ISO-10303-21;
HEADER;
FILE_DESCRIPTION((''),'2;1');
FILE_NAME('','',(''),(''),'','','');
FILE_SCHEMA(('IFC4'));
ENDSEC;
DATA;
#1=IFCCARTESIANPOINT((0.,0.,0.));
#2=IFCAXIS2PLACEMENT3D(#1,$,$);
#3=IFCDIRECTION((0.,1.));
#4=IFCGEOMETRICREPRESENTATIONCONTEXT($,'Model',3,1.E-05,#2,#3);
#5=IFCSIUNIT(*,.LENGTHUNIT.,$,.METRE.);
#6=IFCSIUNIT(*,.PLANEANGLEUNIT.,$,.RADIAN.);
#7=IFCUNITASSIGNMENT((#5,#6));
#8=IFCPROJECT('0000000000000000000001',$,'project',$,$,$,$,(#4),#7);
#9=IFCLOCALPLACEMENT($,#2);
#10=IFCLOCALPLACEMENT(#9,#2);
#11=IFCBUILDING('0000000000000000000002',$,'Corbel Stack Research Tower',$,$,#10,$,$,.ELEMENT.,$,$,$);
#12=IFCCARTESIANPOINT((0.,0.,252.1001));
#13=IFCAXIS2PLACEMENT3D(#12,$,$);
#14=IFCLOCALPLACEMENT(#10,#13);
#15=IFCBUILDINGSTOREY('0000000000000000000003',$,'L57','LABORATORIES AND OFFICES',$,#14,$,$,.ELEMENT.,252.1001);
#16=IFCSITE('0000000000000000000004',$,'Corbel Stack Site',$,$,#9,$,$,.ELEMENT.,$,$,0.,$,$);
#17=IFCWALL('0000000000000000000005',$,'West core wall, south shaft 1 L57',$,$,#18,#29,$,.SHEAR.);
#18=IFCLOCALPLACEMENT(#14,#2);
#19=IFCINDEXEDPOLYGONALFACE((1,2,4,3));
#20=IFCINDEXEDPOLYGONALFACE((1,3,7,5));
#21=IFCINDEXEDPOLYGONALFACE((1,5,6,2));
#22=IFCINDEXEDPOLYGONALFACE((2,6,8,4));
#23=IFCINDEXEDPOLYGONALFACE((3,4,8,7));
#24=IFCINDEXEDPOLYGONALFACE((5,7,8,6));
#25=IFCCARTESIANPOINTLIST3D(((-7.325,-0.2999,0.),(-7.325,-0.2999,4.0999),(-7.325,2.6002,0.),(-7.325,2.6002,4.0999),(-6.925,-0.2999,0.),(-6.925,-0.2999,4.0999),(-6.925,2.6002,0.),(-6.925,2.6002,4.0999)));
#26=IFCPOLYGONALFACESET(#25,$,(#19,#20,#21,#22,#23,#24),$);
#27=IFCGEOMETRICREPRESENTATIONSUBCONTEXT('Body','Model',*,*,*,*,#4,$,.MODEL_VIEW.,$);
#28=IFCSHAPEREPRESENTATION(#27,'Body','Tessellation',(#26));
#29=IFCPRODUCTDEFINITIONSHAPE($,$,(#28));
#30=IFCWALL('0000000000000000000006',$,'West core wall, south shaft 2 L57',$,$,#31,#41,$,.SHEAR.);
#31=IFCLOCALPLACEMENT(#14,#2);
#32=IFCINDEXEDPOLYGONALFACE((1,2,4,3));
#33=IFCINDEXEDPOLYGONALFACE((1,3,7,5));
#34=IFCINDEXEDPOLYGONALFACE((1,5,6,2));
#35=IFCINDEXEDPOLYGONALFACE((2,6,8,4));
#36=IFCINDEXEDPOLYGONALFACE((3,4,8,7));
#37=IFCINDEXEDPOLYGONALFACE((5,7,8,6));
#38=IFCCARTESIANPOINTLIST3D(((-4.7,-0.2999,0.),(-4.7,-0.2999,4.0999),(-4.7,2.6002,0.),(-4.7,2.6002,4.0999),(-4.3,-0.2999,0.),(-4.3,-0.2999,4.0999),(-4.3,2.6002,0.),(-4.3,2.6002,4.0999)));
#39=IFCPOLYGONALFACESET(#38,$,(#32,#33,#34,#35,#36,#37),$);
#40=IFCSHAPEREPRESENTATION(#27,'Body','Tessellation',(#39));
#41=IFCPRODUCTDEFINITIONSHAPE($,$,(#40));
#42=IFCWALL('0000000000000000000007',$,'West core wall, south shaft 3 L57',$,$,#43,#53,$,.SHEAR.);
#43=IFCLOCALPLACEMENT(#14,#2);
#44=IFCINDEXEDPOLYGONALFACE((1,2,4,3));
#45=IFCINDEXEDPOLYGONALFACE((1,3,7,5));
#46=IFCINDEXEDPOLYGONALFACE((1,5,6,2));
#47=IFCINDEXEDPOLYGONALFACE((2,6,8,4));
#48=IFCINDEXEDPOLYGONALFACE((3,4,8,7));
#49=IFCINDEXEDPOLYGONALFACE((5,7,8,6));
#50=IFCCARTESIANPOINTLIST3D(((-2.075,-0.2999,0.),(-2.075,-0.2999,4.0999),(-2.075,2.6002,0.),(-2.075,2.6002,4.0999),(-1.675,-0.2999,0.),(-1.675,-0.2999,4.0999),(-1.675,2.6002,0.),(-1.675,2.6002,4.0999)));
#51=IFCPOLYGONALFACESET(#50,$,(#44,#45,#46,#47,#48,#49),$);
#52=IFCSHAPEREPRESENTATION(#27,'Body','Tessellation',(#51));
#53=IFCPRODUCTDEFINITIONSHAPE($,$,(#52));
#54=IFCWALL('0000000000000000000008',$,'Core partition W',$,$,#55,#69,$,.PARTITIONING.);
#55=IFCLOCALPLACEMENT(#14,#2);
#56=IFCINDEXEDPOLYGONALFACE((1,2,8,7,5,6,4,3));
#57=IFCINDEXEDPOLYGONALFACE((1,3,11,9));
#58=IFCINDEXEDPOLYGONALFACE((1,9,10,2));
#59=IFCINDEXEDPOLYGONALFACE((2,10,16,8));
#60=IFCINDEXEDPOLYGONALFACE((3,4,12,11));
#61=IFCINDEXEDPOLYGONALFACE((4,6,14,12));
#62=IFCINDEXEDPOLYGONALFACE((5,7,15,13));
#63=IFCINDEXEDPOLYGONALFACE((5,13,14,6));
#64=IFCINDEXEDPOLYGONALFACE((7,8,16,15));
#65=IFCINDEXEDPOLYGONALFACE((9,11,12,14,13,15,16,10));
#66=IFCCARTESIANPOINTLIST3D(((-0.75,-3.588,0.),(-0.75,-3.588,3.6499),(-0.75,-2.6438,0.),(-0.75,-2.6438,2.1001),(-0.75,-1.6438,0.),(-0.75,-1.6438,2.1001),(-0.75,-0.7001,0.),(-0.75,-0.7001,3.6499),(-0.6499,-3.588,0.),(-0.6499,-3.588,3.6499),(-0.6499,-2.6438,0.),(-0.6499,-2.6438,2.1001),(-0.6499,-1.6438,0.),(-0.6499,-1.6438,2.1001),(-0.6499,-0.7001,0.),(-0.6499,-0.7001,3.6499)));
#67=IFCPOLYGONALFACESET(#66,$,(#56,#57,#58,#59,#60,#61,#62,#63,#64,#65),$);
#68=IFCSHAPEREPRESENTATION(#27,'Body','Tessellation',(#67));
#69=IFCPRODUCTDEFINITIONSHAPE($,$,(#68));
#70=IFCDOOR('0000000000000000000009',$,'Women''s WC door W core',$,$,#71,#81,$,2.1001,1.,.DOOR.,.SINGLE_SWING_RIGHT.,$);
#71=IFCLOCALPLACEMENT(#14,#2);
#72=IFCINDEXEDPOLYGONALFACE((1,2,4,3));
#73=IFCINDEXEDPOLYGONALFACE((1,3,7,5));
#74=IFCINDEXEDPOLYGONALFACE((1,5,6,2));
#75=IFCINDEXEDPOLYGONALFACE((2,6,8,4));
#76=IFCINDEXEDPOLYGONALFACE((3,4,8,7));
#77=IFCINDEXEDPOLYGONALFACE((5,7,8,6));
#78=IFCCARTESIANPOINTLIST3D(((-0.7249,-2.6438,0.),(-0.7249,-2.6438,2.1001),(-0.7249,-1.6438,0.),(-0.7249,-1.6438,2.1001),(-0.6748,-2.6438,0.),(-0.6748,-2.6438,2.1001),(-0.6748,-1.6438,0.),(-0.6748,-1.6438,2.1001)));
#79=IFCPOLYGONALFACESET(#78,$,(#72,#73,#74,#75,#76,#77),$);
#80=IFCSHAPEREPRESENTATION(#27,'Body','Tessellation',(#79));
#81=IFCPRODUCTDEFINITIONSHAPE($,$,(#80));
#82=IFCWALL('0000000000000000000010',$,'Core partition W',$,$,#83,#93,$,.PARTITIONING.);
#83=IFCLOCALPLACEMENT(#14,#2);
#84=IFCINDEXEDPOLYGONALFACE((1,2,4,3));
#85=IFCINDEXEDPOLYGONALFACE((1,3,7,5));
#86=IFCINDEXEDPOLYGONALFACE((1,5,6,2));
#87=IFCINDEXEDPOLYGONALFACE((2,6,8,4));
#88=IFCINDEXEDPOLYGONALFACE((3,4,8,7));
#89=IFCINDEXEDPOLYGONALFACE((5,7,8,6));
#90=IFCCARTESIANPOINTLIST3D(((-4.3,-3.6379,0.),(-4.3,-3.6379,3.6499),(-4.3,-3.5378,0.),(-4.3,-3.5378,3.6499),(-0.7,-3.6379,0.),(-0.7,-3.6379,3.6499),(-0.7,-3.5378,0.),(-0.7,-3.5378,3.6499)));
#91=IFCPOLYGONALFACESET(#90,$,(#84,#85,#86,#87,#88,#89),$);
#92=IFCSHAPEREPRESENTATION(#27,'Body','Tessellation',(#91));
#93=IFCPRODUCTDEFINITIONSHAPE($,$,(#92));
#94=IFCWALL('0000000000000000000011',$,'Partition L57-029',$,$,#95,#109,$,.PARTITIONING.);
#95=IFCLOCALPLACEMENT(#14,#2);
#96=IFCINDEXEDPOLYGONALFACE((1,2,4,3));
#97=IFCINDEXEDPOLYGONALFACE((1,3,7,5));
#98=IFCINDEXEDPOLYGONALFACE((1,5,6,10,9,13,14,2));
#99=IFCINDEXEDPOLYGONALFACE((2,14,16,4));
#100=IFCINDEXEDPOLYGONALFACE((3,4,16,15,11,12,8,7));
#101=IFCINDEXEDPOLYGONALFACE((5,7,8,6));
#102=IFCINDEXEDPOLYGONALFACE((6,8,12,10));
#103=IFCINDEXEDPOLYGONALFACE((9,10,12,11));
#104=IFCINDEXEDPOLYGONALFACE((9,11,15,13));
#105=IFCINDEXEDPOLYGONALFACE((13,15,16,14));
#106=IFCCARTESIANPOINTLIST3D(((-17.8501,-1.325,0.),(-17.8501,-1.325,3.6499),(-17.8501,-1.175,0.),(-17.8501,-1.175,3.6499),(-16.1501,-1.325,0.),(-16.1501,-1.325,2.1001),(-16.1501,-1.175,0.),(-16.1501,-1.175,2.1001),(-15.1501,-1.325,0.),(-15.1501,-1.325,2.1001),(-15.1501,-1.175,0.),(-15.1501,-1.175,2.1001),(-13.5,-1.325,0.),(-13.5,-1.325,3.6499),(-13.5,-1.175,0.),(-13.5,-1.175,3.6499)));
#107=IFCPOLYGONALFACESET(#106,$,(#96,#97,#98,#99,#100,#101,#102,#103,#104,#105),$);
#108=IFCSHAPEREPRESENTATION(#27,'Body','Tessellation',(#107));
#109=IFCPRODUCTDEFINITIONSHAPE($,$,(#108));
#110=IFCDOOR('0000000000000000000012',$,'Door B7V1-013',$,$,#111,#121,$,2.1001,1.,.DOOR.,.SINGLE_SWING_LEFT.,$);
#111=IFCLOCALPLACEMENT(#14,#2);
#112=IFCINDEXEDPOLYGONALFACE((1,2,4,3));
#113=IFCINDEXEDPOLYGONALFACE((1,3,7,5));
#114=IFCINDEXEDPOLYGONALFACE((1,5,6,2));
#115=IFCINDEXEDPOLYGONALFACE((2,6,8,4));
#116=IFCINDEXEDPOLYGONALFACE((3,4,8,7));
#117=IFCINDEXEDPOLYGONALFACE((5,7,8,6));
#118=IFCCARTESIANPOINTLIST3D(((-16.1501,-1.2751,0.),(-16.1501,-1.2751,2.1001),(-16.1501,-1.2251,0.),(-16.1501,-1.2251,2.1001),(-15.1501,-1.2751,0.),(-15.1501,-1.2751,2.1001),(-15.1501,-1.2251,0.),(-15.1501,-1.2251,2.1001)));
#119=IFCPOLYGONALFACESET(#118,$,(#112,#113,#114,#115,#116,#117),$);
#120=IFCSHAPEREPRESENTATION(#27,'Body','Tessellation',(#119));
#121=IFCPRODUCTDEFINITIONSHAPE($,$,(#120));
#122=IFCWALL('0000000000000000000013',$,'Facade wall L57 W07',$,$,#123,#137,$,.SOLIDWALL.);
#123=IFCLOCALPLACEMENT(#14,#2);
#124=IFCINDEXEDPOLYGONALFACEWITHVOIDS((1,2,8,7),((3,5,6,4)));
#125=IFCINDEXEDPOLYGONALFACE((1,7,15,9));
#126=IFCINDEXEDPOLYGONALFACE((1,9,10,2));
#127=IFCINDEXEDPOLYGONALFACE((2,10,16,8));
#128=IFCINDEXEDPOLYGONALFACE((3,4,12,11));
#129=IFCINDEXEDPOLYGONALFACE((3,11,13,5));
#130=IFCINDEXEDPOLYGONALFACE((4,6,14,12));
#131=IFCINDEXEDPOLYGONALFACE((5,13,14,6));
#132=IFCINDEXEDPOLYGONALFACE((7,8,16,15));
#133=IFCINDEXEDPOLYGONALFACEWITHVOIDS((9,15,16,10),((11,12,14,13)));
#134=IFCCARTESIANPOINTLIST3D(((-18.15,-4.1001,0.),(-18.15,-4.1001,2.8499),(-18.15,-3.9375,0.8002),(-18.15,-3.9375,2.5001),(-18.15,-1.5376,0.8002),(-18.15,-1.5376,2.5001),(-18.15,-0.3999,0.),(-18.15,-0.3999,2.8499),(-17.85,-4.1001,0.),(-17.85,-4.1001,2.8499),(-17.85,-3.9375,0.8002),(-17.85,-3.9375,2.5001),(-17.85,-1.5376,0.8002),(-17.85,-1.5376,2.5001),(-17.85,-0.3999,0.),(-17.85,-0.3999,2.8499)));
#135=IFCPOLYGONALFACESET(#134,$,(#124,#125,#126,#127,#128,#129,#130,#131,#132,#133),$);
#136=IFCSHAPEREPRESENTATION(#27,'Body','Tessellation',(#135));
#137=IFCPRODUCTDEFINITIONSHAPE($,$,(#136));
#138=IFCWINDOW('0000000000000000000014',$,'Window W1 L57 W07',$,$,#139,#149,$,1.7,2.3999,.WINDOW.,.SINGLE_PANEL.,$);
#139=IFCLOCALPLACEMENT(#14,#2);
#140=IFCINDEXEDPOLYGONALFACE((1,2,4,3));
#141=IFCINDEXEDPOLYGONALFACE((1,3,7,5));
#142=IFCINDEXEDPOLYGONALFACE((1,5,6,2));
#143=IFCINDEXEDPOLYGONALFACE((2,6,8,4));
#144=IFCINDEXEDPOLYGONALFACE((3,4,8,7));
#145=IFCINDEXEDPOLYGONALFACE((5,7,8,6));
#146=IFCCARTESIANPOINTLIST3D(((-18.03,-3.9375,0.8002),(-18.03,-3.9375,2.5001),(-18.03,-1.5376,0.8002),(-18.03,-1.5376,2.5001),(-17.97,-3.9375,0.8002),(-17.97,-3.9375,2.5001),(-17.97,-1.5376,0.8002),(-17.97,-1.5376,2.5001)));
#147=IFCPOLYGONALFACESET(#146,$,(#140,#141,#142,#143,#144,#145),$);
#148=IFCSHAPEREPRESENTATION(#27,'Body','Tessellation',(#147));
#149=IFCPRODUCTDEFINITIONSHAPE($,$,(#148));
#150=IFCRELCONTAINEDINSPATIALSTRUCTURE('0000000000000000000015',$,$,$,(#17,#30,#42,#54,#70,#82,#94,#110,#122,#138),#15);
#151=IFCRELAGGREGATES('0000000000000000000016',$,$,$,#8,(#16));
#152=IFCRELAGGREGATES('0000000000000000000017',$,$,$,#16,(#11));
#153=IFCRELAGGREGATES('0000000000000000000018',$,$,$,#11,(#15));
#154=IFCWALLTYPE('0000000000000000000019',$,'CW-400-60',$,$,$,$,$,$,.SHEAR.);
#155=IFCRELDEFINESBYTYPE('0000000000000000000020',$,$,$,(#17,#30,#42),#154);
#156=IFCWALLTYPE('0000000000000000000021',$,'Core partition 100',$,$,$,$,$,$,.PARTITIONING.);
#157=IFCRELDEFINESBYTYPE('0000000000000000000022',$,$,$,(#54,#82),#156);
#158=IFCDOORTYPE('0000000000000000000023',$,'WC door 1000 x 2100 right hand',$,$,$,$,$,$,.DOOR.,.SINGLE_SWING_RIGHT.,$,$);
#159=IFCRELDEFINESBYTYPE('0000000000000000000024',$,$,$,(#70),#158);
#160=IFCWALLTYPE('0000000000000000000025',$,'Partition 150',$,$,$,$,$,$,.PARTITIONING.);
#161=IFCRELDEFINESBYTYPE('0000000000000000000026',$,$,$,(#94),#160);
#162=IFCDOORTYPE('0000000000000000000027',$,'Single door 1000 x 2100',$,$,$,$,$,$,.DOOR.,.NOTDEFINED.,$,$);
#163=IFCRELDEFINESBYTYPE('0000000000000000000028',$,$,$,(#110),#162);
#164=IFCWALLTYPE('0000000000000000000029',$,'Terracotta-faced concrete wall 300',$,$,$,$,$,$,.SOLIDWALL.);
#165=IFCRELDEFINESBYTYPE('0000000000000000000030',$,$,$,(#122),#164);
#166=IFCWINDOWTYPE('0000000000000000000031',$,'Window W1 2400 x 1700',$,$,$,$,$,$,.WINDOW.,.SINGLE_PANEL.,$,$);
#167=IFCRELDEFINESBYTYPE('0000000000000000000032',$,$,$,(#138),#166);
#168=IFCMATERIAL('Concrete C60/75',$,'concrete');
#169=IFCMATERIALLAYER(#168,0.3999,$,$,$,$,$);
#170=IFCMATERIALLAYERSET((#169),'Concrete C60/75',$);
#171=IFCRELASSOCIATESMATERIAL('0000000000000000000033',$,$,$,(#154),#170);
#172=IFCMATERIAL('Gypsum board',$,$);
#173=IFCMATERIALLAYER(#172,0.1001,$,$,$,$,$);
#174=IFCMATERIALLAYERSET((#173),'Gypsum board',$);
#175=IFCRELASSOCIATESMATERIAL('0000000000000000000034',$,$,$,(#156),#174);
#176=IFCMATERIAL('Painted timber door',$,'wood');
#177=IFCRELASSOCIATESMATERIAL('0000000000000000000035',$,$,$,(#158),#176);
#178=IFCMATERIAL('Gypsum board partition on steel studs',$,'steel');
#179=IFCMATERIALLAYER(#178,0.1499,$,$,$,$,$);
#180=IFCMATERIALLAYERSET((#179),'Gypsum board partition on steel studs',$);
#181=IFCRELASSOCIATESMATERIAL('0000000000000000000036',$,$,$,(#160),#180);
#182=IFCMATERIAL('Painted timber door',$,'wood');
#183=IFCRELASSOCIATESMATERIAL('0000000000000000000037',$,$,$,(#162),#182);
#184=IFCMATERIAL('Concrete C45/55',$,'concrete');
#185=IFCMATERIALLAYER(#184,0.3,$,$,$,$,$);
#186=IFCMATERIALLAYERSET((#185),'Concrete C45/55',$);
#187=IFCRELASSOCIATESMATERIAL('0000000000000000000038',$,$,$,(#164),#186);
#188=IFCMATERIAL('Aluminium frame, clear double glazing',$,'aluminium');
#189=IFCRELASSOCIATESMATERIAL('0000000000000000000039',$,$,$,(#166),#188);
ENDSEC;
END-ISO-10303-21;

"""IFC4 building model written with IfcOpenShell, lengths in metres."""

from ifc_helpers import new_model, si_unit, direction, frame, frame_2d, origin, place, context, subcontext, project, spatial, rectangle, extrude, material, layer, layer_set, type_object, element, fill, save


model = new_model("IFC4")

# Units and contexts
model_context = context("Model", 3, precision=1e-05, world=origin(), true_north=direction((0.0, 1.0)))
body_context = subcontext(model_context, "Body", "Model", "MODEL_VIEW")
ifc_project = project(units=[si_unit("LENGTHUNIT", "METRE"), si_unit("PLANEANGLEUNIT", "RADIAN")], contexts=[model_context])

# Site, building, storey
site_placement = place(None, origin())
site = spatial("IfcSite", under=ifc_project, at=site_placement, Name="Corbel Stack Site", CompositionType="ELEMENT", RefElevation=0.0)
building_placement = place(site_placement, origin())
building = spatial("IfcBuilding", under=site, at=building_placement, Name="Corbel Stack Research Tower", CompositionType="ELEMENT")
storey_placement = place(building_placement, frame((0.0, 0.0, 252.1001)))
storey = spatial("IfcBuildingStorey", under=building, at=storey_placement, Name="L57", Description="LABORATORIES AND OFFICES", CompositionType="ELEMENT", Elevation=252.1001)

# Walls
ifc_material_1 = material(Name="Concrete C60/75", Category="concrete")
ifc_layer_1 = layer(ifc_material_1, 0.3999)
ifc_layer_set_1 = layer_set([ifc_layer_1], Name="Concrete C60/75")
wall_type_1 = type_object("IfcWallType", Name="CW-400-60", PredefinedType="SHEAR", material=ifc_layer_set_1)
for number, where, z_axis, x_axis, name in (
    (1, (-7.125, -0.3, 0.0), (0.0, 0.0, 1.0), (0.0, 1.0, 0.0), "West core wall, south shaft 1 L57"),
    (2, (-4.5, -0.3, 0.0), (0.0, 0.0, 1.0), (0.0, 1.0, 0.0), "West core wall, south shaft 2 L57"),
    (3, (-1.875, -0.3, 0.0), (0.0, 0.0, 1.0), (0.0, 1.0, 0.0), "West core wall, south shaft 3 L57"),
):
    element("IfcWall", number, at=place(storey_placement, frame(where, z_axis=z_axis, x_axis=x_axis)), inside=storey, type_object=wall_type_1, Name=name, PredefinedType="SHEAR", context=body_context, shape_type="SweptSolid", body=[
        extrude(rectangle(XDim=2.9001, YDim=0.3999, at=frame_2d((1.4502, 0.0))), origin(), (0.0, 0.0, 1.0), 4.0999),
    ])

# Wall, opening, door
ifc_material_2 = material(Name="Gypsum board")
ifc_layer_2 = layer(ifc_material_2, 0.1001)
ifc_layer_set_2 = layer_set([ifc_layer_2], Name="Gypsum board")
wall_type_2 = type_object("IfcWallType", Name="Core partition 100", PredefinedType="PARTITIONING", material=ifc_layer_set_2)
wall_1_placement = place(storey_placement, frame((-0.7, -3.5879, 0.0), z_axis=(0.0, 0.0, 1.0), x_axis=(0.0, 1.0, 0.0)))
wall_1 = element("IfcWall", 4, at=wall_1_placement, inside=storey, type_object=wall_type_2, Name="Core partition W", PredefinedType="PARTITIONING", context=body_context, shape_type="SweptSolid", body=[
    extrude(rectangle(XDim=2.8879, YDim=0.1001, at=frame_2d((1.4438, 0.0))), origin(), (0.0, 0.0, 1.0), 3.6499),
])
opening_1_placement = place(wall_1_placement, frame((0.9441, 0.0, 0.0)))
opening_1 = element("IfcOpeningElement", 5, at=opening_1_placement, cuts=wall_1, PredefinedType="OPENING", context=body_context, shape_type="SweptSolid", body=[
    extrude(rectangle(XDim=1.0, YDim=2.1001, at=frame_2d((0.5, 1.05))), frame((0.0, 0.0601, 0.0), z_axis=(0.0, -1.0, 0.0), x_axis=(1.0, 0.0, 0.0)), (0.0, 0.0, 1.0), 0.1201),
])
ifc_material_3 = material(Name="Painted timber door", Category="wood")
door_type_1 = type_object("IfcDoorType", Name="WC door 1000 x 2100 right hand", OperationType="SINGLE_SWING_RIGHT", PredefinedType="DOOR", material=ifc_material_3)
door_1_placement = place(opening_1_placement, origin())
door_1 = element("IfcDoor", 6, at=door_1_placement, inside=storey, type_object=door_type_1, Name="Women's WC door W core", OperationType="SINGLE_SWING_RIGHT", OverallHeight=2.1001, OverallWidth=1.0, PredefinedType="DOOR", context=body_context, shape_type="SweptSolid", body=[
    extrude(rectangle(XDim=1.0, YDim=2.1001, at=frame_2d((0.5, 1.05))), frame((0.0, 0.0249, 0.0), z_axis=(0.0, -1.0, 0.0), x_axis=(1.0, 0.0, 0.0)), (0.0, 0.0, 1.0), 0.05),
])
fill(opening_1, door_1)

# Wall
wall_2_placement = place(storey_placement, frame((-4.3, -3.5879, 0.0), z_axis=(0.0, 0.0, 1.0), x_axis=(1.0, 0.0, 0.0)))
element("IfcWall", 7, at=wall_2_placement, inside=storey, type_object=wall_type_2, Name="Core partition W", PredefinedType="PARTITIONING", context=body_context, shape_type="SweptSolid", body=[
    extrude(rectangle(XDim=3.6001, YDim=0.1001, at=frame_2d((1.8, 0.0))), origin(), (0.0, 0.0, 1.0), 3.6499),
])

# Wall, opening, door
ifc_material_4 = material(Name="Gypsum board partition on steel studs", Category="steel")
ifc_layer_3 = layer(ifc_material_4, 0.1499)
ifc_layer_set_3 = layer_set([ifc_layer_3], Name="Gypsum board partition on steel studs")
wall_type_3 = type_object("IfcWallType", Name="Partition 150", PredefinedType="PARTITIONING", material=ifc_layer_set_3)
wall_3_placement = place(storey_placement, frame((-17.8501, -1.25, 0.0), z_axis=(0.0, 0.0, 1.0), x_axis=(1.0, 0.0, 0.0)))
wall_3 = element("IfcWall", 8, at=wall_3_placement, inside=storey, type_object=wall_type_3, Name="Partition L57-029", PredefinedType="PARTITIONING", context=body_context, shape_type="SweptSolid", body=[
    extrude(rectangle(XDim=4.3501, YDim=0.1499, at=frame_2d((2.175, 0.0))), origin(), (0.0, 0.0, 1.0), 3.6499),
])
opening_2_placement = place(wall_3_placement, frame((1.7, 0.0, 0.0)))
opening_2 = element("IfcOpeningElement", 9, at=opening_2_placement, cuts=wall_3, PredefinedType="OPENING", context=body_context, shape_type="SweptSolid", body=[
    extrude(rectangle(XDim=1.0, YDim=2.1001, at=frame_2d((0.5, 1.05))), frame((0.0, 0.085, 0.0), z_axis=(0.0, -1.0, 0.0), x_axis=(1.0, 0.0, 0.0)), (0.0, 0.0, 1.0), 0.1699),
])
ifc_material_5 = material(Name="Painted timber door", Category="wood")
door_type_2 = type_object("IfcDoorType", Name="Single door 1000 x 2100", OperationType="NOTDEFINED", PredefinedType="DOOR", material=ifc_material_5)
door_2_placement = place(opening_2_placement, origin())
door_2 = element("IfcDoor", 10, at=door_2_placement, inside=storey, type_object=door_type_2, Name="Door B7V1-013", OperationType="SINGLE_SWING_LEFT", OverallHeight=2.1001, OverallWidth=1.0, PredefinedType="DOOR", context=body_context, shape_type="SweptSolid", body=[
    extrude(rectangle(XDim=1.0, YDim=2.1001, at=frame_2d((0.5, 1.05))), frame((0.0, 0.0249, 0.0), z_axis=(0.0, -1.0, 0.0), x_axis=(1.0, 0.0, 0.0)), (0.0, 0.0, 1.0), 0.05),
])
fill(opening_2, door_2)

# Wall, opening, window
ifc_material_6 = material(Name="Concrete C45/55", Category="concrete")
ifc_layer_4 = layer(ifc_material_6, 0.3)
ifc_layer_set_4 = layer_set([ifc_layer_4], Name="Concrete C45/55")
wall_type_4 = type_object("IfcWallType", Name="Terracotta-faced concrete wall 300", PredefinedType="SOLIDWALL", material=ifc_layer_set_4)
wall_4_placement = place(storey_placement, frame((-18.0, -4.1001, 0.0), z_axis=(0.0, 0.0, 1.0), x_axis=(0.0, 1.0, 0.0)))
wall_4 = element("IfcWall", 11, at=wall_4_placement, inside=storey, type_object=wall_type_4, Name="Facade wall L57 W07", PredefinedType="SOLIDWALL", context=body_context, shape_type="SweptSolid", body=[
    extrude(rectangle(XDim=3.7002, YDim=0.3, at=frame_2d((1.8501, 0.0))), origin(), (0.0, 0.0, 1.0), 2.8499),
])
opening_3_placement = place(wall_4_placement, frame((0.1626, 0.0, 0.8)))
opening_3 = element("IfcOpeningElement", 12, at=opening_3_placement, cuts=wall_4, PredefinedType="OPENING", context=body_context, shape_type="SweptSolid", body=[
    extrude(rectangle(XDim=2.3999, YDim=1.7, at=frame_2d((1.2, 0.8501))), frame((0.0, 0.1599, 0.0), z_axis=(0.0, -1.0, 0.0), x_axis=(1.0, 0.0, 0.0)), (0.0, 0.0, 1.0), 0.3201),
])
ifc_material_7 = material(Name="Aluminium frame, clear double glazing", Category="aluminium")
window_type = type_object("IfcWindowType", Name="Window W1 2400 x 1700", PartitioningType="SINGLE_PANEL", PredefinedType="WINDOW", material=ifc_material_7)
window_placement = place(opening_3_placement, origin())
window = element("IfcWindow", 13, at=window_placement, inside=storey, type_object=window_type, Name="Window W1 L57 W07", OverallHeight=1.7, OverallWidth=2.3999, PartitioningType="SINGLE_PANEL", PredefinedType="WINDOW", context=body_context, shape_type="SweptSolid", body=[
    extrude(rectangle(XDim=2.3999, YDim=1.7, at=frame_2d((1.2, 0.8501))), frame((0.0, 0.03, 0.0), z_axis=(0.0, -1.0, 0.0), x_axis=(1.0, 0.0, 0.0)), (0.0, 0.0, 1.0), 0.0601),
])
fill(opening_3, window)

save(model, "model.ifc")
